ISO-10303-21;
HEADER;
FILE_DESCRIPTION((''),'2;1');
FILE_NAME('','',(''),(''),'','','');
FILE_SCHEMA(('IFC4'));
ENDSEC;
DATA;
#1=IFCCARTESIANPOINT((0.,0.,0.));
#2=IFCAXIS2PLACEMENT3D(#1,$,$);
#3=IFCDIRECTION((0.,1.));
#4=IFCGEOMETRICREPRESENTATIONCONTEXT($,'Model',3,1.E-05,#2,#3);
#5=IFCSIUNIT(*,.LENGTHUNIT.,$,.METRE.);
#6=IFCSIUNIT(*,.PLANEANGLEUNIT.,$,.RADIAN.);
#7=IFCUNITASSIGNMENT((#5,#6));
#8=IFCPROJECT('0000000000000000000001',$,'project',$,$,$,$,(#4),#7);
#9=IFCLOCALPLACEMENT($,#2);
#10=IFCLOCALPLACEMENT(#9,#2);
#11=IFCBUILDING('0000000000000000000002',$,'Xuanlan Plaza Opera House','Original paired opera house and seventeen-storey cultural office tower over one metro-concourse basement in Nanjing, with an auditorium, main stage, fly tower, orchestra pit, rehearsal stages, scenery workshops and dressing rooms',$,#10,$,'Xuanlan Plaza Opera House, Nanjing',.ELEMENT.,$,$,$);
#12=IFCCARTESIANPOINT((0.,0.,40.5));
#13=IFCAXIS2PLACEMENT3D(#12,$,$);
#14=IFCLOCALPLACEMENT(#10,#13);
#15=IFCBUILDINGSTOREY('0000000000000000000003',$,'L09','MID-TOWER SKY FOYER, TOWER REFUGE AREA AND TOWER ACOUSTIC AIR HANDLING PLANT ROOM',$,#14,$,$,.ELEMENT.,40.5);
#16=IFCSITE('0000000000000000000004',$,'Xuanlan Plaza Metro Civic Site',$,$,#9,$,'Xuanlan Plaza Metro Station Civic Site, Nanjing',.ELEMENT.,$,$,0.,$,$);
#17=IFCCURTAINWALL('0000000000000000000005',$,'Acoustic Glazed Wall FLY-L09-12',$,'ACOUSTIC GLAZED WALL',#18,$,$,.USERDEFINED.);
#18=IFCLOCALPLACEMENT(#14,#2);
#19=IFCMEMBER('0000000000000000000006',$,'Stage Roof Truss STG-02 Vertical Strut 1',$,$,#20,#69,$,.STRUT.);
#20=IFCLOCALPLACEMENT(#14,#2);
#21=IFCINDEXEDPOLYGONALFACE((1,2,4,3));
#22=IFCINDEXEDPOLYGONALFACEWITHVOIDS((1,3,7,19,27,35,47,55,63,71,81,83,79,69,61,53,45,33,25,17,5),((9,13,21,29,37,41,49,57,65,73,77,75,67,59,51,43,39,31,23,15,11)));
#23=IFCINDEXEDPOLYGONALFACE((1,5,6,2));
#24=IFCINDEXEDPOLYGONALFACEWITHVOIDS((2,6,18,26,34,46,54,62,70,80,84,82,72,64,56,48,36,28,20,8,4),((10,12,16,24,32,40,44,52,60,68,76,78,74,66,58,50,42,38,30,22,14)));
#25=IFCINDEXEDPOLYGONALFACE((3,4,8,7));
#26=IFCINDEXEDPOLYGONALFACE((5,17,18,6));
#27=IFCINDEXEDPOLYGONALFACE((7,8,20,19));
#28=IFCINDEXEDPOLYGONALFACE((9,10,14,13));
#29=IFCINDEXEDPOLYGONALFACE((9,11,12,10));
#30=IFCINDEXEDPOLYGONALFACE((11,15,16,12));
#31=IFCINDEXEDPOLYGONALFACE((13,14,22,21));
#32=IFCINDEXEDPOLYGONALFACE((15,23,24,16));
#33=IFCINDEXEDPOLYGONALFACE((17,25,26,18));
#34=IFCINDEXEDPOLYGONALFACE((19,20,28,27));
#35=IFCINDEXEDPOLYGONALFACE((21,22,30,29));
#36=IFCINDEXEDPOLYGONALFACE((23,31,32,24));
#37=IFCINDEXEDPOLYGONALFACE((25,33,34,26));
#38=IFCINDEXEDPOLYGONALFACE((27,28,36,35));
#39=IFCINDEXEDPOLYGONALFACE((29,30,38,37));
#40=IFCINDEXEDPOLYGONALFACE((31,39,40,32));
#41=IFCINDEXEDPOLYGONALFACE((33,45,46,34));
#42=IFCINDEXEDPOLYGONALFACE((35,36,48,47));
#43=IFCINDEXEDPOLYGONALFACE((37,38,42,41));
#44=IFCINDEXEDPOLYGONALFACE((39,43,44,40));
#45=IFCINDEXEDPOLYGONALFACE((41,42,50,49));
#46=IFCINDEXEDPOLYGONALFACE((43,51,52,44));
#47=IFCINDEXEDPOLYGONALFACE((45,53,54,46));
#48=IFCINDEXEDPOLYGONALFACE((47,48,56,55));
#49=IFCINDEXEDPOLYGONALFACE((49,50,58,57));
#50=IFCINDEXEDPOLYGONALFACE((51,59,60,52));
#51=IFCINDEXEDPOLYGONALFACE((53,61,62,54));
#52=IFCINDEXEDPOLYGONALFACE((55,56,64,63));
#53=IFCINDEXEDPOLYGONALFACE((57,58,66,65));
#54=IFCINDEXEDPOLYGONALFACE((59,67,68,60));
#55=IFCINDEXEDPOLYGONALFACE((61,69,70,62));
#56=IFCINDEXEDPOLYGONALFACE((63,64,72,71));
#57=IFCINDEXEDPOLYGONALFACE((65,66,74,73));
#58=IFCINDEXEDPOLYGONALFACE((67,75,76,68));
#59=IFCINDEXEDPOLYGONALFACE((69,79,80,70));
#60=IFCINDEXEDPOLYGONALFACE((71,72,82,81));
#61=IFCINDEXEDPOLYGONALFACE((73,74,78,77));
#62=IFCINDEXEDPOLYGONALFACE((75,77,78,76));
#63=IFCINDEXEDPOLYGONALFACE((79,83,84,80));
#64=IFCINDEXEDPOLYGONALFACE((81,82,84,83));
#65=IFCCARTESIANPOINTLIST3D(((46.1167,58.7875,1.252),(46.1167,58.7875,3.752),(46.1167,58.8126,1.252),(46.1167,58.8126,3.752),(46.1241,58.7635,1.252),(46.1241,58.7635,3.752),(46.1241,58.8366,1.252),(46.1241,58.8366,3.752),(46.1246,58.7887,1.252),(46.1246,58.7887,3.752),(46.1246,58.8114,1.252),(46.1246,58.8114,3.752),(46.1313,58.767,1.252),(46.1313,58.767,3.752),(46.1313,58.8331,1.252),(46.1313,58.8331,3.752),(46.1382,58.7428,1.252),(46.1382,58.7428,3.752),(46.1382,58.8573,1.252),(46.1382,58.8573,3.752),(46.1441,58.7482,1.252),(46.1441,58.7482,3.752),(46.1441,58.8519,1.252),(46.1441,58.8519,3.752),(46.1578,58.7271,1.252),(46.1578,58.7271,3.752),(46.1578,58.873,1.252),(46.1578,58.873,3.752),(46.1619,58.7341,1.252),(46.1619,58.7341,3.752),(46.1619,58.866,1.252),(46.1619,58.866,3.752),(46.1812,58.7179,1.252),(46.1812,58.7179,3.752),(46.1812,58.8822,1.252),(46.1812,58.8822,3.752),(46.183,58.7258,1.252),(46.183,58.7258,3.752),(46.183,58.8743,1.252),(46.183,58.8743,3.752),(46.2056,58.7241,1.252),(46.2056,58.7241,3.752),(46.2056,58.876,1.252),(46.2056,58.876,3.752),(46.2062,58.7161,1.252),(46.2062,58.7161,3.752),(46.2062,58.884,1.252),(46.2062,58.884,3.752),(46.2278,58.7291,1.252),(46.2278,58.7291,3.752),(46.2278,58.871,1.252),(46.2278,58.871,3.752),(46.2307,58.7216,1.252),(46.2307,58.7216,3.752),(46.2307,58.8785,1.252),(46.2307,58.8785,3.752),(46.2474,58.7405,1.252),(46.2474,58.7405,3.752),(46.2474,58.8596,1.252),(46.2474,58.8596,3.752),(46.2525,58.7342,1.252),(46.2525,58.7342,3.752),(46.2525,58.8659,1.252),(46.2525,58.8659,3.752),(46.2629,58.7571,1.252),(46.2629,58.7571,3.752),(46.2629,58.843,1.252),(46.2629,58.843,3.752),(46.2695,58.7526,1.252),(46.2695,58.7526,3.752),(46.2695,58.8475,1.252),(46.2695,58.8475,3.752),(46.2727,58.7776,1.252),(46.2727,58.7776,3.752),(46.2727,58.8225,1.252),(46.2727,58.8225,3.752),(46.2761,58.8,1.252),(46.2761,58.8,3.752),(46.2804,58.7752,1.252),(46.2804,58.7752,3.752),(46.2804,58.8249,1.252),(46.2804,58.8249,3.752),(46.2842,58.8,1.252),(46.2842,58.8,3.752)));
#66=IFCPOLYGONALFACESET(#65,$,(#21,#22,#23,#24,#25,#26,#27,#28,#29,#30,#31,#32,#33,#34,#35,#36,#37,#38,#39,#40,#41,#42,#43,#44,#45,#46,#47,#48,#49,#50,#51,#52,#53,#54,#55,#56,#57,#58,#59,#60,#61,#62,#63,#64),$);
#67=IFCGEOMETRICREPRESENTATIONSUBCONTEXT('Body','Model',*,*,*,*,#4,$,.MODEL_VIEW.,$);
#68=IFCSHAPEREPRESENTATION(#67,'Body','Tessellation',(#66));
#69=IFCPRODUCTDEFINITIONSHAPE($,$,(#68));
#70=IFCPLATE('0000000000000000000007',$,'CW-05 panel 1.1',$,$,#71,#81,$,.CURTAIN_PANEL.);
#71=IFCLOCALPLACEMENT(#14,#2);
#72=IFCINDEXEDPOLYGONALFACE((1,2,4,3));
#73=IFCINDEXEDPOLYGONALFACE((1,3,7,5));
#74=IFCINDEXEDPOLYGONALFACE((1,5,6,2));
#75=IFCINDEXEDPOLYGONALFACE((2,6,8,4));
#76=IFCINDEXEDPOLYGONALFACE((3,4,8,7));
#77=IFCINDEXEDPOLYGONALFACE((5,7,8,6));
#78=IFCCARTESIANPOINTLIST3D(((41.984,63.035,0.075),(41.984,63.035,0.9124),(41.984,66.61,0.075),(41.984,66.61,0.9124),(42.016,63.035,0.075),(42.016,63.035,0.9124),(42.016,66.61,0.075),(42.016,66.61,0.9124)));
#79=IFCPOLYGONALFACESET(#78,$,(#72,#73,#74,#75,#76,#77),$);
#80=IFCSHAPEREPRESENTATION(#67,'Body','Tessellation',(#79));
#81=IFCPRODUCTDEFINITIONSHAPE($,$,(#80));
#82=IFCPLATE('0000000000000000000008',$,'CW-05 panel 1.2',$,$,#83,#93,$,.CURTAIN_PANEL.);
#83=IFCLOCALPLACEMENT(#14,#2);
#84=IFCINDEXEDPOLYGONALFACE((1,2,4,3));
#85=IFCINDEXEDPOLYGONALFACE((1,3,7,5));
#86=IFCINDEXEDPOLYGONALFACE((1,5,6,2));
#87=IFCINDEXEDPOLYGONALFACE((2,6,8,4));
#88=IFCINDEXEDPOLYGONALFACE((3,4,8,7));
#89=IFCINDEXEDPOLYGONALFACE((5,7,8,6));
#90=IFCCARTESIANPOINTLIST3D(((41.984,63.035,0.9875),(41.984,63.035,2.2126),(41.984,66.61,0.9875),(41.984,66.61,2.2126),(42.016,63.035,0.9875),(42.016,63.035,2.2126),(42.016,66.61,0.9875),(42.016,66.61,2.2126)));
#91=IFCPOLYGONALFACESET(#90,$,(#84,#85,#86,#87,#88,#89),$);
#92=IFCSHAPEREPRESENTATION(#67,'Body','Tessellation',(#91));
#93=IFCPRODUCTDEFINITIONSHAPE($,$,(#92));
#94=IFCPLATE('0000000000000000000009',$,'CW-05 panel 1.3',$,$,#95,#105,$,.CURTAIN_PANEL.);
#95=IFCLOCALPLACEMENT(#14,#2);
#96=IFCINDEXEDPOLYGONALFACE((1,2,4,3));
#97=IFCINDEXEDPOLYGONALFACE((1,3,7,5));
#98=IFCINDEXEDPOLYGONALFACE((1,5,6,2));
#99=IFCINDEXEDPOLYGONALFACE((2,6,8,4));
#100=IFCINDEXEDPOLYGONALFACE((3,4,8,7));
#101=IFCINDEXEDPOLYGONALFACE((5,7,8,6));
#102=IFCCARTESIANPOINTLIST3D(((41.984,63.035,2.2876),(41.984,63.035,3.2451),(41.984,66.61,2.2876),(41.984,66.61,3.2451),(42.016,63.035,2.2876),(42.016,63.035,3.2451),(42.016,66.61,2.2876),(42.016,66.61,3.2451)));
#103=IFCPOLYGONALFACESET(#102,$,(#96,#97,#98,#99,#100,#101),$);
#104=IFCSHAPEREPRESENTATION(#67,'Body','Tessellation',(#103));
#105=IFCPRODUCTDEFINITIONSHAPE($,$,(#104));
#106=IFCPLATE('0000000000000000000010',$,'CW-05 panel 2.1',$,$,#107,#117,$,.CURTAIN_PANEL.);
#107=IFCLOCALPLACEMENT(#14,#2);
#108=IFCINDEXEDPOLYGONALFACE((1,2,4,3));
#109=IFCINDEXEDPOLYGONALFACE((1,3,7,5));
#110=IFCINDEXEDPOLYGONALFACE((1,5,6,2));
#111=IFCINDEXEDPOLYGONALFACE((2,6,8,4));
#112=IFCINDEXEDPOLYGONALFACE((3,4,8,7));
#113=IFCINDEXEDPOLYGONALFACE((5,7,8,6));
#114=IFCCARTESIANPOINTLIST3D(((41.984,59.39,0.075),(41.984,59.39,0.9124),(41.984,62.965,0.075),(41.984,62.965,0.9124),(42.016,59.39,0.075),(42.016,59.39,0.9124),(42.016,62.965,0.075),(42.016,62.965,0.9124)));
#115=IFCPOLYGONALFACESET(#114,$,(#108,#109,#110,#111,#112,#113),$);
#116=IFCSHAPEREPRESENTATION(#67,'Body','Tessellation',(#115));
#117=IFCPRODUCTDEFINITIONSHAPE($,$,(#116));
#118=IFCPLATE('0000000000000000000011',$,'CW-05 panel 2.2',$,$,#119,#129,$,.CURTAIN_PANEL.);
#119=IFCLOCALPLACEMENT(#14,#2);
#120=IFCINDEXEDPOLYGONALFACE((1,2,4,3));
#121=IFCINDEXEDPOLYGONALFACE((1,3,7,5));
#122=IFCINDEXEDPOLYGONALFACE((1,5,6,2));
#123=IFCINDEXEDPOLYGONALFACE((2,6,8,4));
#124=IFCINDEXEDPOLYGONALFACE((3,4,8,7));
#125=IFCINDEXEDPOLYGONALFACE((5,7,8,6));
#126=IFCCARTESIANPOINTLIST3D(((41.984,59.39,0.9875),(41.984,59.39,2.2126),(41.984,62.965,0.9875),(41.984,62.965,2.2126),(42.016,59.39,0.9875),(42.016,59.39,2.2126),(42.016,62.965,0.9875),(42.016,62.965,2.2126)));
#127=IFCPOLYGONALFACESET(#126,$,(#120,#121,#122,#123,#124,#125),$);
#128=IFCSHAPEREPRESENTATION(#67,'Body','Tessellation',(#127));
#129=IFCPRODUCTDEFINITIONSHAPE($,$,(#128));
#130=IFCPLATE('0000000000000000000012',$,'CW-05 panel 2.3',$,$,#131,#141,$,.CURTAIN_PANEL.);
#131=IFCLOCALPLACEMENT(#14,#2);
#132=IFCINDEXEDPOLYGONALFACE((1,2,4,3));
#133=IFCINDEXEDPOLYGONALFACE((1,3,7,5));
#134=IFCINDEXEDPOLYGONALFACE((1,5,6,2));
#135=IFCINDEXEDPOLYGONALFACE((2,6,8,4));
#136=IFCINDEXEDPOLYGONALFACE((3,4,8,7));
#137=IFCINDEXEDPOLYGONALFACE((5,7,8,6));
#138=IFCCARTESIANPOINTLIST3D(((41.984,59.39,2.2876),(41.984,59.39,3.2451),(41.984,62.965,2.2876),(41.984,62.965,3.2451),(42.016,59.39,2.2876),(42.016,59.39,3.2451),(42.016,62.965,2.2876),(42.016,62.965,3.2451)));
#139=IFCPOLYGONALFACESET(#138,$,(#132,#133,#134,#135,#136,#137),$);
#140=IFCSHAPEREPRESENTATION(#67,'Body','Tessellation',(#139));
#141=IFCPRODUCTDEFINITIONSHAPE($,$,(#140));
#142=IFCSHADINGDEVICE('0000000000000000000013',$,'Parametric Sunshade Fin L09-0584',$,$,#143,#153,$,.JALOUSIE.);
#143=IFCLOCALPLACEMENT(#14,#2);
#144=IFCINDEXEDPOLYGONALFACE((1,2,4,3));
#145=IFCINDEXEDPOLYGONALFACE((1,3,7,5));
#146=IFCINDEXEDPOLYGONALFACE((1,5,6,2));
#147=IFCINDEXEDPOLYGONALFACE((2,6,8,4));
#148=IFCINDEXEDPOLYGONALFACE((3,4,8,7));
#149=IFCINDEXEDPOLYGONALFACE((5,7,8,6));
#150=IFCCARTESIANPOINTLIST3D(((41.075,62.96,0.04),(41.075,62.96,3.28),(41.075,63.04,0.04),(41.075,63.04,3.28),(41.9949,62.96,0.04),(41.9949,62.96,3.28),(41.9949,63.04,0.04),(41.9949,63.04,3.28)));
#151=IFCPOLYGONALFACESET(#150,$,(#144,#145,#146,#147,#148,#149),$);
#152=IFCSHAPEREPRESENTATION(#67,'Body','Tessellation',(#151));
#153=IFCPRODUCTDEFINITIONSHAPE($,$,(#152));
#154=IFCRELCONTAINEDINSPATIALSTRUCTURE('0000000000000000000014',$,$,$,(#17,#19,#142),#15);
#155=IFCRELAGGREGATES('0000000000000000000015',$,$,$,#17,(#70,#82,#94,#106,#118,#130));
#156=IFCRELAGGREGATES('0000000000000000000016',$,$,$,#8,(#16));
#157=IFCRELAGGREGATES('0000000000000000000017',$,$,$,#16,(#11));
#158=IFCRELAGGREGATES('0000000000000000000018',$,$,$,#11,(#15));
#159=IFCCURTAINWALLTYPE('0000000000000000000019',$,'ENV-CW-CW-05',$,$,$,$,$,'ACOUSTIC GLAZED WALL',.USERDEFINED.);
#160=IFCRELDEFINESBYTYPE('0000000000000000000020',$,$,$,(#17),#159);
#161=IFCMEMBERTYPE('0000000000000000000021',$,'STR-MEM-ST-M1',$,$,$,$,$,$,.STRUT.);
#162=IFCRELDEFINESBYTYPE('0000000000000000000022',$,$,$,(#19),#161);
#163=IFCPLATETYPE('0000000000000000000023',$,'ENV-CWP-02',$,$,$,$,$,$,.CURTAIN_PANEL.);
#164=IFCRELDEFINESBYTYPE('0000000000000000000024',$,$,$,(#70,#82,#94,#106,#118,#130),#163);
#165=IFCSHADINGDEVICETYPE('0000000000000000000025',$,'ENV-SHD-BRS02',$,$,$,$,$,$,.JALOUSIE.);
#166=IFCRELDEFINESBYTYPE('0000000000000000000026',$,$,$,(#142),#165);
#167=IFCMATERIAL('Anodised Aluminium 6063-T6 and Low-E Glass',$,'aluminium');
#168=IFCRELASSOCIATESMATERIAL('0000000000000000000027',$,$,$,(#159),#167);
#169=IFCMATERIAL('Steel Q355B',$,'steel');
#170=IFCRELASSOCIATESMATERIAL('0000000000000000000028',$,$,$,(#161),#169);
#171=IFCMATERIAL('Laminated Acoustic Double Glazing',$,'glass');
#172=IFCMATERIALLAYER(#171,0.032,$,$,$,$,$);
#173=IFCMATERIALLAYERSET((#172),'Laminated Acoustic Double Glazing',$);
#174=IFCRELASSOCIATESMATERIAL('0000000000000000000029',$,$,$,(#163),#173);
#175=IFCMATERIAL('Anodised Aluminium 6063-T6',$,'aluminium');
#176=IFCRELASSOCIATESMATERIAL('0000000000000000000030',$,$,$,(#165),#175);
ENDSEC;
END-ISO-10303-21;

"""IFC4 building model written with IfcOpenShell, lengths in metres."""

from ifc_helpers import new_model, si_unit, direction, frame, origin, origin_2d, place, context, subcontext, project, spatial, rectangle, hollow_circle, extrude, material, layer, layer_set, material_profile, profile_set, type_object, element, aggregate, save


model = new_model("IFC4")

# Units and contexts
model_context = context("Model", 3, precision=1e-05, world=origin(), true_north=direction((0.0, 1.0)))
body_context = subcontext(model_context, "Body", "Model", "MODEL_VIEW")
ifc_project = project(units=[si_unit("LENGTHUNIT", "METRE"), si_unit("PLANEANGLEUNIT", "RADIAN")], contexts=[model_context])

# Site, building, storey
site_placement = place(None, origin())
site = spatial("IfcSite", under=ifc_project, at=site_placement, Name="Xuanlan Plaza Metro Civic Site", LongName="Xuanlan Plaza Metro Station Civic Site, Nanjing", CompositionType="ELEMENT", RefElevation=0.0)
building_placement = place(site_placement, origin())
building = spatial("IfcBuilding", under=site, at=building_placement, Name="Xuanlan Plaza Opera House", Description="Original paired opera house and seventeen-storey cultural office tower over one metro-concourse basement in Nanjing, with an auditorium, main stage, fly tower, orchestra pit, rehearsal stages, scenery workshops and dressing rooms", LongName="Xuanlan Plaza Opera House, Nanjing", CompositionType="ELEMENT")
storey_placement = place(building_placement, frame((0.0, 0.0, 40.5)))
storey = spatial("IfcBuildingStorey", under=building, at=storey_placement, Name="L09", Description="MID-TOWER SKY FOYER, TOWER REFUGE AREA AND TOWER ACOUSTIC AIR HANDLING PLANT ROOM", CompositionType="ELEMENT", Elevation=40.5)

# Curtain wall
ifc_material_1 = material(Name="Anodised Aluminium 6063-T6 and Low-E Glass", Category="aluminium")
curtain_wall_type = type_object("IfcCurtainWallType", Name="ENV-CW-CW-05", ElementType="ACOUSTIC GLAZED WALL", PredefinedType="USERDEFINED", material=ifc_material_1)
curtain_wall_placement = place(storey_placement, origin())
curtain_wall = element("IfcCurtainWall", 1, at=curtain_wall_placement, inside=storey, type_object=curtain_wall_type, Name="Acoustic Glazed Wall FLY-L09-12", ObjectType="ACOUSTIC GLAZED WALL", PredefinedType="USERDEFINED")
ifc_material_2 = material(Name="Anodised Aluminium 6063-T6", Category="aluminium")

# Shared definitions
ifc_material_3 = material(Name="Steel Q355B", Category="steel")

# Member
ifc_material_profile_1 = material_profile(ifc_material_3, hollow_circle(Radius=0.0842, WallThickness=0.0081, at=origin_2d()), Name="CHS 168.3x8")
ifc_profile_set_1 = profile_set([ifc_material_profile_1], Name="Steel Q355B")
member_type_1 = type_object("IfcMemberType", Name="STR-MEM-ST-M1", PredefinedType="STRUT", material=ifc_profile_set_1)
member_1_placement = place(storey_placement, frame((46.2, 58.8, 1.252), z_axis=(0.0, 0.0, 1.0), x_axis=(1.0, 0.0, 0.0)))
element("IfcMember", 2, at=member_1_placement, inside=storey, type_object=member_type_1, Name="Stage Roof Truss STG-02 Vertical Strut 1", PredefinedType="STRUT", context=body_context, shape_type="SweptSolid", body=[
    extrude(hollow_circle(Radius=0.0842, WallThickness=0.0081, at=origin_2d()), origin(), (0.0, 0.0, 1.0), 2.5),
])

# Plates
ifc_material_4 = material(Name="Laminated Acoustic Double Glazing", Category="glass")
ifc_layer = layer(ifc_material_4, 0.032)
ifc_layer_set = layer_set([ifc_layer], Name="Laminated Acoustic Double Glazing")
plate_type = type_object("IfcPlateType", Name="ENV-CWP-02", PredefinedType="CURTAIN_PANEL", material=ifc_layer_set)
plate_1_placement = place(storey_placement, frame((42.0, 64.8225, 0.075), z_axis=(0.0, 0.0, 1.0), x_axis=(0.0, -1.0, 0.0)))
plate_1 = element("IfcPlate", 3, at=plate_1_placement, type_object=plate_type, Name="CW-05 panel 1.1", PredefinedType="CURTAIN_PANEL", context=body_context, shape_type="SweptSolid", body=[
    extrude(rectangle(XDim=3.575, YDim=0.032, at=origin_2d()), origin(), (0.0, 0.0, 1.0), 0.8374),
])
plate_2_placement = place(storey_placement, frame((42.0, 64.8225, 0.9875), z_axis=(0.0, 0.0, 1.0), x_axis=(0.0, -1.0, 0.0)))
plate_2 = element("IfcPlate", 4, at=plate_2_placement, type_object=plate_type, Name="CW-05 panel 1.2", PredefinedType="CURTAIN_PANEL", context=body_context, shape_type="SweptSolid", body=[
    extrude(rectangle(XDim=3.575, YDim=0.032, at=origin_2d()), origin(), (0.0, 0.0, 1.0), 1.2251),
])
plate_3_placement = place(storey_placement, frame((42.0, 64.8225, 2.2876), z_axis=(0.0, 0.0, 1.0), x_axis=(0.0, -1.0, 0.0)))
plate_3 = element("IfcPlate", 5, at=plate_3_placement, type_object=plate_type, Name="CW-05 panel 1.3", PredefinedType="CURTAIN_PANEL", context=body_context, shape_type="SweptSolid", body=[
    extrude(rectangle(XDim=3.575, YDim=0.032, at=origin_2d()), origin(), (0.0, 0.0, 1.0), 0.9575),
])
plate_4_placement = place(storey_placement, frame((42.0, 61.1775, 0.075), z_axis=(0.0, 0.0, 1.0), x_axis=(0.0, -1.0, 0.0)))
plate_4 = element("IfcPlate", 6, at=plate_4_placement, type_object=plate_type, Name="CW-05 panel 2.1", PredefinedType="CURTAIN_PANEL", context=body_context, shape_type="SweptSolid", body=[
    extrude(rectangle(XDim=3.575, YDim=0.032, at=origin_2d()), origin(), (0.0, 0.0, 1.0), 0.8374),
])
plate_5_placement = place(storey_placement, frame((42.0, 61.1775, 0.9875), z_axis=(0.0, 0.0, 1.0), x_axis=(0.0, -1.0, 0.0)))
plate_5 = element("IfcPlate", 7, at=plate_5_placement, type_object=plate_type, Name="CW-05 panel 2.2", PredefinedType="CURTAIN_PANEL", context=body_context, shape_type="SweptSolid", body=[
    extrude(rectangle(XDim=3.575, YDim=0.032, at=origin_2d()), origin(), (0.0, 0.0, 1.0), 1.2251),
])
plate_6_placement = place(storey_placement, frame((42.0, 61.1775, 2.2876), z_axis=(0.0, 0.0, 1.0), x_axis=(0.0, -1.0, 0.0)))
plate_6 = element("IfcPlate", 8, at=plate_6_placement, type_object=plate_type, Name="CW-05 panel 2.3", PredefinedType="CURTAIN_PANEL", context=body_context, shape_type="SweptSolid", body=[
    extrude(rectangle(XDim=3.575, YDim=0.032, at=origin_2d()), origin(), (0.0, 0.0, 1.0), 0.9575),
])
aggregate(curtain_wall, [plate_1, plate_2, plate_3, plate_4, plate_5, plate_6])

# Shading device
shading_device_type = type_object("IfcShadingDeviceType", Name="ENV-SHD-BRS02", PredefinedType="JALOUSIE", material=ifc_material_2)
shading_device_placement = place(storey_placement, frame((41.5349, 63.0, 0.04), z_axis=(0.0, 0.0, 1.0), x_axis=(-1.0, 0.0, 0.0)))
element("IfcShadingDevice", 9, at=shading_device_placement, inside=storey, type_object=shading_device_type, Name="Parametric Sunshade Fin L09-0584", PredefinedType="JALOUSIE", context=body_context, shape_type="SweptSolid", body=[
    extrude(rectangle(XDim=0.9199, YDim=0.0801, at=origin_2d()), origin(), (0.0, 0.0, 1.0), 3.24),
])

save(model, "model.ifc")
